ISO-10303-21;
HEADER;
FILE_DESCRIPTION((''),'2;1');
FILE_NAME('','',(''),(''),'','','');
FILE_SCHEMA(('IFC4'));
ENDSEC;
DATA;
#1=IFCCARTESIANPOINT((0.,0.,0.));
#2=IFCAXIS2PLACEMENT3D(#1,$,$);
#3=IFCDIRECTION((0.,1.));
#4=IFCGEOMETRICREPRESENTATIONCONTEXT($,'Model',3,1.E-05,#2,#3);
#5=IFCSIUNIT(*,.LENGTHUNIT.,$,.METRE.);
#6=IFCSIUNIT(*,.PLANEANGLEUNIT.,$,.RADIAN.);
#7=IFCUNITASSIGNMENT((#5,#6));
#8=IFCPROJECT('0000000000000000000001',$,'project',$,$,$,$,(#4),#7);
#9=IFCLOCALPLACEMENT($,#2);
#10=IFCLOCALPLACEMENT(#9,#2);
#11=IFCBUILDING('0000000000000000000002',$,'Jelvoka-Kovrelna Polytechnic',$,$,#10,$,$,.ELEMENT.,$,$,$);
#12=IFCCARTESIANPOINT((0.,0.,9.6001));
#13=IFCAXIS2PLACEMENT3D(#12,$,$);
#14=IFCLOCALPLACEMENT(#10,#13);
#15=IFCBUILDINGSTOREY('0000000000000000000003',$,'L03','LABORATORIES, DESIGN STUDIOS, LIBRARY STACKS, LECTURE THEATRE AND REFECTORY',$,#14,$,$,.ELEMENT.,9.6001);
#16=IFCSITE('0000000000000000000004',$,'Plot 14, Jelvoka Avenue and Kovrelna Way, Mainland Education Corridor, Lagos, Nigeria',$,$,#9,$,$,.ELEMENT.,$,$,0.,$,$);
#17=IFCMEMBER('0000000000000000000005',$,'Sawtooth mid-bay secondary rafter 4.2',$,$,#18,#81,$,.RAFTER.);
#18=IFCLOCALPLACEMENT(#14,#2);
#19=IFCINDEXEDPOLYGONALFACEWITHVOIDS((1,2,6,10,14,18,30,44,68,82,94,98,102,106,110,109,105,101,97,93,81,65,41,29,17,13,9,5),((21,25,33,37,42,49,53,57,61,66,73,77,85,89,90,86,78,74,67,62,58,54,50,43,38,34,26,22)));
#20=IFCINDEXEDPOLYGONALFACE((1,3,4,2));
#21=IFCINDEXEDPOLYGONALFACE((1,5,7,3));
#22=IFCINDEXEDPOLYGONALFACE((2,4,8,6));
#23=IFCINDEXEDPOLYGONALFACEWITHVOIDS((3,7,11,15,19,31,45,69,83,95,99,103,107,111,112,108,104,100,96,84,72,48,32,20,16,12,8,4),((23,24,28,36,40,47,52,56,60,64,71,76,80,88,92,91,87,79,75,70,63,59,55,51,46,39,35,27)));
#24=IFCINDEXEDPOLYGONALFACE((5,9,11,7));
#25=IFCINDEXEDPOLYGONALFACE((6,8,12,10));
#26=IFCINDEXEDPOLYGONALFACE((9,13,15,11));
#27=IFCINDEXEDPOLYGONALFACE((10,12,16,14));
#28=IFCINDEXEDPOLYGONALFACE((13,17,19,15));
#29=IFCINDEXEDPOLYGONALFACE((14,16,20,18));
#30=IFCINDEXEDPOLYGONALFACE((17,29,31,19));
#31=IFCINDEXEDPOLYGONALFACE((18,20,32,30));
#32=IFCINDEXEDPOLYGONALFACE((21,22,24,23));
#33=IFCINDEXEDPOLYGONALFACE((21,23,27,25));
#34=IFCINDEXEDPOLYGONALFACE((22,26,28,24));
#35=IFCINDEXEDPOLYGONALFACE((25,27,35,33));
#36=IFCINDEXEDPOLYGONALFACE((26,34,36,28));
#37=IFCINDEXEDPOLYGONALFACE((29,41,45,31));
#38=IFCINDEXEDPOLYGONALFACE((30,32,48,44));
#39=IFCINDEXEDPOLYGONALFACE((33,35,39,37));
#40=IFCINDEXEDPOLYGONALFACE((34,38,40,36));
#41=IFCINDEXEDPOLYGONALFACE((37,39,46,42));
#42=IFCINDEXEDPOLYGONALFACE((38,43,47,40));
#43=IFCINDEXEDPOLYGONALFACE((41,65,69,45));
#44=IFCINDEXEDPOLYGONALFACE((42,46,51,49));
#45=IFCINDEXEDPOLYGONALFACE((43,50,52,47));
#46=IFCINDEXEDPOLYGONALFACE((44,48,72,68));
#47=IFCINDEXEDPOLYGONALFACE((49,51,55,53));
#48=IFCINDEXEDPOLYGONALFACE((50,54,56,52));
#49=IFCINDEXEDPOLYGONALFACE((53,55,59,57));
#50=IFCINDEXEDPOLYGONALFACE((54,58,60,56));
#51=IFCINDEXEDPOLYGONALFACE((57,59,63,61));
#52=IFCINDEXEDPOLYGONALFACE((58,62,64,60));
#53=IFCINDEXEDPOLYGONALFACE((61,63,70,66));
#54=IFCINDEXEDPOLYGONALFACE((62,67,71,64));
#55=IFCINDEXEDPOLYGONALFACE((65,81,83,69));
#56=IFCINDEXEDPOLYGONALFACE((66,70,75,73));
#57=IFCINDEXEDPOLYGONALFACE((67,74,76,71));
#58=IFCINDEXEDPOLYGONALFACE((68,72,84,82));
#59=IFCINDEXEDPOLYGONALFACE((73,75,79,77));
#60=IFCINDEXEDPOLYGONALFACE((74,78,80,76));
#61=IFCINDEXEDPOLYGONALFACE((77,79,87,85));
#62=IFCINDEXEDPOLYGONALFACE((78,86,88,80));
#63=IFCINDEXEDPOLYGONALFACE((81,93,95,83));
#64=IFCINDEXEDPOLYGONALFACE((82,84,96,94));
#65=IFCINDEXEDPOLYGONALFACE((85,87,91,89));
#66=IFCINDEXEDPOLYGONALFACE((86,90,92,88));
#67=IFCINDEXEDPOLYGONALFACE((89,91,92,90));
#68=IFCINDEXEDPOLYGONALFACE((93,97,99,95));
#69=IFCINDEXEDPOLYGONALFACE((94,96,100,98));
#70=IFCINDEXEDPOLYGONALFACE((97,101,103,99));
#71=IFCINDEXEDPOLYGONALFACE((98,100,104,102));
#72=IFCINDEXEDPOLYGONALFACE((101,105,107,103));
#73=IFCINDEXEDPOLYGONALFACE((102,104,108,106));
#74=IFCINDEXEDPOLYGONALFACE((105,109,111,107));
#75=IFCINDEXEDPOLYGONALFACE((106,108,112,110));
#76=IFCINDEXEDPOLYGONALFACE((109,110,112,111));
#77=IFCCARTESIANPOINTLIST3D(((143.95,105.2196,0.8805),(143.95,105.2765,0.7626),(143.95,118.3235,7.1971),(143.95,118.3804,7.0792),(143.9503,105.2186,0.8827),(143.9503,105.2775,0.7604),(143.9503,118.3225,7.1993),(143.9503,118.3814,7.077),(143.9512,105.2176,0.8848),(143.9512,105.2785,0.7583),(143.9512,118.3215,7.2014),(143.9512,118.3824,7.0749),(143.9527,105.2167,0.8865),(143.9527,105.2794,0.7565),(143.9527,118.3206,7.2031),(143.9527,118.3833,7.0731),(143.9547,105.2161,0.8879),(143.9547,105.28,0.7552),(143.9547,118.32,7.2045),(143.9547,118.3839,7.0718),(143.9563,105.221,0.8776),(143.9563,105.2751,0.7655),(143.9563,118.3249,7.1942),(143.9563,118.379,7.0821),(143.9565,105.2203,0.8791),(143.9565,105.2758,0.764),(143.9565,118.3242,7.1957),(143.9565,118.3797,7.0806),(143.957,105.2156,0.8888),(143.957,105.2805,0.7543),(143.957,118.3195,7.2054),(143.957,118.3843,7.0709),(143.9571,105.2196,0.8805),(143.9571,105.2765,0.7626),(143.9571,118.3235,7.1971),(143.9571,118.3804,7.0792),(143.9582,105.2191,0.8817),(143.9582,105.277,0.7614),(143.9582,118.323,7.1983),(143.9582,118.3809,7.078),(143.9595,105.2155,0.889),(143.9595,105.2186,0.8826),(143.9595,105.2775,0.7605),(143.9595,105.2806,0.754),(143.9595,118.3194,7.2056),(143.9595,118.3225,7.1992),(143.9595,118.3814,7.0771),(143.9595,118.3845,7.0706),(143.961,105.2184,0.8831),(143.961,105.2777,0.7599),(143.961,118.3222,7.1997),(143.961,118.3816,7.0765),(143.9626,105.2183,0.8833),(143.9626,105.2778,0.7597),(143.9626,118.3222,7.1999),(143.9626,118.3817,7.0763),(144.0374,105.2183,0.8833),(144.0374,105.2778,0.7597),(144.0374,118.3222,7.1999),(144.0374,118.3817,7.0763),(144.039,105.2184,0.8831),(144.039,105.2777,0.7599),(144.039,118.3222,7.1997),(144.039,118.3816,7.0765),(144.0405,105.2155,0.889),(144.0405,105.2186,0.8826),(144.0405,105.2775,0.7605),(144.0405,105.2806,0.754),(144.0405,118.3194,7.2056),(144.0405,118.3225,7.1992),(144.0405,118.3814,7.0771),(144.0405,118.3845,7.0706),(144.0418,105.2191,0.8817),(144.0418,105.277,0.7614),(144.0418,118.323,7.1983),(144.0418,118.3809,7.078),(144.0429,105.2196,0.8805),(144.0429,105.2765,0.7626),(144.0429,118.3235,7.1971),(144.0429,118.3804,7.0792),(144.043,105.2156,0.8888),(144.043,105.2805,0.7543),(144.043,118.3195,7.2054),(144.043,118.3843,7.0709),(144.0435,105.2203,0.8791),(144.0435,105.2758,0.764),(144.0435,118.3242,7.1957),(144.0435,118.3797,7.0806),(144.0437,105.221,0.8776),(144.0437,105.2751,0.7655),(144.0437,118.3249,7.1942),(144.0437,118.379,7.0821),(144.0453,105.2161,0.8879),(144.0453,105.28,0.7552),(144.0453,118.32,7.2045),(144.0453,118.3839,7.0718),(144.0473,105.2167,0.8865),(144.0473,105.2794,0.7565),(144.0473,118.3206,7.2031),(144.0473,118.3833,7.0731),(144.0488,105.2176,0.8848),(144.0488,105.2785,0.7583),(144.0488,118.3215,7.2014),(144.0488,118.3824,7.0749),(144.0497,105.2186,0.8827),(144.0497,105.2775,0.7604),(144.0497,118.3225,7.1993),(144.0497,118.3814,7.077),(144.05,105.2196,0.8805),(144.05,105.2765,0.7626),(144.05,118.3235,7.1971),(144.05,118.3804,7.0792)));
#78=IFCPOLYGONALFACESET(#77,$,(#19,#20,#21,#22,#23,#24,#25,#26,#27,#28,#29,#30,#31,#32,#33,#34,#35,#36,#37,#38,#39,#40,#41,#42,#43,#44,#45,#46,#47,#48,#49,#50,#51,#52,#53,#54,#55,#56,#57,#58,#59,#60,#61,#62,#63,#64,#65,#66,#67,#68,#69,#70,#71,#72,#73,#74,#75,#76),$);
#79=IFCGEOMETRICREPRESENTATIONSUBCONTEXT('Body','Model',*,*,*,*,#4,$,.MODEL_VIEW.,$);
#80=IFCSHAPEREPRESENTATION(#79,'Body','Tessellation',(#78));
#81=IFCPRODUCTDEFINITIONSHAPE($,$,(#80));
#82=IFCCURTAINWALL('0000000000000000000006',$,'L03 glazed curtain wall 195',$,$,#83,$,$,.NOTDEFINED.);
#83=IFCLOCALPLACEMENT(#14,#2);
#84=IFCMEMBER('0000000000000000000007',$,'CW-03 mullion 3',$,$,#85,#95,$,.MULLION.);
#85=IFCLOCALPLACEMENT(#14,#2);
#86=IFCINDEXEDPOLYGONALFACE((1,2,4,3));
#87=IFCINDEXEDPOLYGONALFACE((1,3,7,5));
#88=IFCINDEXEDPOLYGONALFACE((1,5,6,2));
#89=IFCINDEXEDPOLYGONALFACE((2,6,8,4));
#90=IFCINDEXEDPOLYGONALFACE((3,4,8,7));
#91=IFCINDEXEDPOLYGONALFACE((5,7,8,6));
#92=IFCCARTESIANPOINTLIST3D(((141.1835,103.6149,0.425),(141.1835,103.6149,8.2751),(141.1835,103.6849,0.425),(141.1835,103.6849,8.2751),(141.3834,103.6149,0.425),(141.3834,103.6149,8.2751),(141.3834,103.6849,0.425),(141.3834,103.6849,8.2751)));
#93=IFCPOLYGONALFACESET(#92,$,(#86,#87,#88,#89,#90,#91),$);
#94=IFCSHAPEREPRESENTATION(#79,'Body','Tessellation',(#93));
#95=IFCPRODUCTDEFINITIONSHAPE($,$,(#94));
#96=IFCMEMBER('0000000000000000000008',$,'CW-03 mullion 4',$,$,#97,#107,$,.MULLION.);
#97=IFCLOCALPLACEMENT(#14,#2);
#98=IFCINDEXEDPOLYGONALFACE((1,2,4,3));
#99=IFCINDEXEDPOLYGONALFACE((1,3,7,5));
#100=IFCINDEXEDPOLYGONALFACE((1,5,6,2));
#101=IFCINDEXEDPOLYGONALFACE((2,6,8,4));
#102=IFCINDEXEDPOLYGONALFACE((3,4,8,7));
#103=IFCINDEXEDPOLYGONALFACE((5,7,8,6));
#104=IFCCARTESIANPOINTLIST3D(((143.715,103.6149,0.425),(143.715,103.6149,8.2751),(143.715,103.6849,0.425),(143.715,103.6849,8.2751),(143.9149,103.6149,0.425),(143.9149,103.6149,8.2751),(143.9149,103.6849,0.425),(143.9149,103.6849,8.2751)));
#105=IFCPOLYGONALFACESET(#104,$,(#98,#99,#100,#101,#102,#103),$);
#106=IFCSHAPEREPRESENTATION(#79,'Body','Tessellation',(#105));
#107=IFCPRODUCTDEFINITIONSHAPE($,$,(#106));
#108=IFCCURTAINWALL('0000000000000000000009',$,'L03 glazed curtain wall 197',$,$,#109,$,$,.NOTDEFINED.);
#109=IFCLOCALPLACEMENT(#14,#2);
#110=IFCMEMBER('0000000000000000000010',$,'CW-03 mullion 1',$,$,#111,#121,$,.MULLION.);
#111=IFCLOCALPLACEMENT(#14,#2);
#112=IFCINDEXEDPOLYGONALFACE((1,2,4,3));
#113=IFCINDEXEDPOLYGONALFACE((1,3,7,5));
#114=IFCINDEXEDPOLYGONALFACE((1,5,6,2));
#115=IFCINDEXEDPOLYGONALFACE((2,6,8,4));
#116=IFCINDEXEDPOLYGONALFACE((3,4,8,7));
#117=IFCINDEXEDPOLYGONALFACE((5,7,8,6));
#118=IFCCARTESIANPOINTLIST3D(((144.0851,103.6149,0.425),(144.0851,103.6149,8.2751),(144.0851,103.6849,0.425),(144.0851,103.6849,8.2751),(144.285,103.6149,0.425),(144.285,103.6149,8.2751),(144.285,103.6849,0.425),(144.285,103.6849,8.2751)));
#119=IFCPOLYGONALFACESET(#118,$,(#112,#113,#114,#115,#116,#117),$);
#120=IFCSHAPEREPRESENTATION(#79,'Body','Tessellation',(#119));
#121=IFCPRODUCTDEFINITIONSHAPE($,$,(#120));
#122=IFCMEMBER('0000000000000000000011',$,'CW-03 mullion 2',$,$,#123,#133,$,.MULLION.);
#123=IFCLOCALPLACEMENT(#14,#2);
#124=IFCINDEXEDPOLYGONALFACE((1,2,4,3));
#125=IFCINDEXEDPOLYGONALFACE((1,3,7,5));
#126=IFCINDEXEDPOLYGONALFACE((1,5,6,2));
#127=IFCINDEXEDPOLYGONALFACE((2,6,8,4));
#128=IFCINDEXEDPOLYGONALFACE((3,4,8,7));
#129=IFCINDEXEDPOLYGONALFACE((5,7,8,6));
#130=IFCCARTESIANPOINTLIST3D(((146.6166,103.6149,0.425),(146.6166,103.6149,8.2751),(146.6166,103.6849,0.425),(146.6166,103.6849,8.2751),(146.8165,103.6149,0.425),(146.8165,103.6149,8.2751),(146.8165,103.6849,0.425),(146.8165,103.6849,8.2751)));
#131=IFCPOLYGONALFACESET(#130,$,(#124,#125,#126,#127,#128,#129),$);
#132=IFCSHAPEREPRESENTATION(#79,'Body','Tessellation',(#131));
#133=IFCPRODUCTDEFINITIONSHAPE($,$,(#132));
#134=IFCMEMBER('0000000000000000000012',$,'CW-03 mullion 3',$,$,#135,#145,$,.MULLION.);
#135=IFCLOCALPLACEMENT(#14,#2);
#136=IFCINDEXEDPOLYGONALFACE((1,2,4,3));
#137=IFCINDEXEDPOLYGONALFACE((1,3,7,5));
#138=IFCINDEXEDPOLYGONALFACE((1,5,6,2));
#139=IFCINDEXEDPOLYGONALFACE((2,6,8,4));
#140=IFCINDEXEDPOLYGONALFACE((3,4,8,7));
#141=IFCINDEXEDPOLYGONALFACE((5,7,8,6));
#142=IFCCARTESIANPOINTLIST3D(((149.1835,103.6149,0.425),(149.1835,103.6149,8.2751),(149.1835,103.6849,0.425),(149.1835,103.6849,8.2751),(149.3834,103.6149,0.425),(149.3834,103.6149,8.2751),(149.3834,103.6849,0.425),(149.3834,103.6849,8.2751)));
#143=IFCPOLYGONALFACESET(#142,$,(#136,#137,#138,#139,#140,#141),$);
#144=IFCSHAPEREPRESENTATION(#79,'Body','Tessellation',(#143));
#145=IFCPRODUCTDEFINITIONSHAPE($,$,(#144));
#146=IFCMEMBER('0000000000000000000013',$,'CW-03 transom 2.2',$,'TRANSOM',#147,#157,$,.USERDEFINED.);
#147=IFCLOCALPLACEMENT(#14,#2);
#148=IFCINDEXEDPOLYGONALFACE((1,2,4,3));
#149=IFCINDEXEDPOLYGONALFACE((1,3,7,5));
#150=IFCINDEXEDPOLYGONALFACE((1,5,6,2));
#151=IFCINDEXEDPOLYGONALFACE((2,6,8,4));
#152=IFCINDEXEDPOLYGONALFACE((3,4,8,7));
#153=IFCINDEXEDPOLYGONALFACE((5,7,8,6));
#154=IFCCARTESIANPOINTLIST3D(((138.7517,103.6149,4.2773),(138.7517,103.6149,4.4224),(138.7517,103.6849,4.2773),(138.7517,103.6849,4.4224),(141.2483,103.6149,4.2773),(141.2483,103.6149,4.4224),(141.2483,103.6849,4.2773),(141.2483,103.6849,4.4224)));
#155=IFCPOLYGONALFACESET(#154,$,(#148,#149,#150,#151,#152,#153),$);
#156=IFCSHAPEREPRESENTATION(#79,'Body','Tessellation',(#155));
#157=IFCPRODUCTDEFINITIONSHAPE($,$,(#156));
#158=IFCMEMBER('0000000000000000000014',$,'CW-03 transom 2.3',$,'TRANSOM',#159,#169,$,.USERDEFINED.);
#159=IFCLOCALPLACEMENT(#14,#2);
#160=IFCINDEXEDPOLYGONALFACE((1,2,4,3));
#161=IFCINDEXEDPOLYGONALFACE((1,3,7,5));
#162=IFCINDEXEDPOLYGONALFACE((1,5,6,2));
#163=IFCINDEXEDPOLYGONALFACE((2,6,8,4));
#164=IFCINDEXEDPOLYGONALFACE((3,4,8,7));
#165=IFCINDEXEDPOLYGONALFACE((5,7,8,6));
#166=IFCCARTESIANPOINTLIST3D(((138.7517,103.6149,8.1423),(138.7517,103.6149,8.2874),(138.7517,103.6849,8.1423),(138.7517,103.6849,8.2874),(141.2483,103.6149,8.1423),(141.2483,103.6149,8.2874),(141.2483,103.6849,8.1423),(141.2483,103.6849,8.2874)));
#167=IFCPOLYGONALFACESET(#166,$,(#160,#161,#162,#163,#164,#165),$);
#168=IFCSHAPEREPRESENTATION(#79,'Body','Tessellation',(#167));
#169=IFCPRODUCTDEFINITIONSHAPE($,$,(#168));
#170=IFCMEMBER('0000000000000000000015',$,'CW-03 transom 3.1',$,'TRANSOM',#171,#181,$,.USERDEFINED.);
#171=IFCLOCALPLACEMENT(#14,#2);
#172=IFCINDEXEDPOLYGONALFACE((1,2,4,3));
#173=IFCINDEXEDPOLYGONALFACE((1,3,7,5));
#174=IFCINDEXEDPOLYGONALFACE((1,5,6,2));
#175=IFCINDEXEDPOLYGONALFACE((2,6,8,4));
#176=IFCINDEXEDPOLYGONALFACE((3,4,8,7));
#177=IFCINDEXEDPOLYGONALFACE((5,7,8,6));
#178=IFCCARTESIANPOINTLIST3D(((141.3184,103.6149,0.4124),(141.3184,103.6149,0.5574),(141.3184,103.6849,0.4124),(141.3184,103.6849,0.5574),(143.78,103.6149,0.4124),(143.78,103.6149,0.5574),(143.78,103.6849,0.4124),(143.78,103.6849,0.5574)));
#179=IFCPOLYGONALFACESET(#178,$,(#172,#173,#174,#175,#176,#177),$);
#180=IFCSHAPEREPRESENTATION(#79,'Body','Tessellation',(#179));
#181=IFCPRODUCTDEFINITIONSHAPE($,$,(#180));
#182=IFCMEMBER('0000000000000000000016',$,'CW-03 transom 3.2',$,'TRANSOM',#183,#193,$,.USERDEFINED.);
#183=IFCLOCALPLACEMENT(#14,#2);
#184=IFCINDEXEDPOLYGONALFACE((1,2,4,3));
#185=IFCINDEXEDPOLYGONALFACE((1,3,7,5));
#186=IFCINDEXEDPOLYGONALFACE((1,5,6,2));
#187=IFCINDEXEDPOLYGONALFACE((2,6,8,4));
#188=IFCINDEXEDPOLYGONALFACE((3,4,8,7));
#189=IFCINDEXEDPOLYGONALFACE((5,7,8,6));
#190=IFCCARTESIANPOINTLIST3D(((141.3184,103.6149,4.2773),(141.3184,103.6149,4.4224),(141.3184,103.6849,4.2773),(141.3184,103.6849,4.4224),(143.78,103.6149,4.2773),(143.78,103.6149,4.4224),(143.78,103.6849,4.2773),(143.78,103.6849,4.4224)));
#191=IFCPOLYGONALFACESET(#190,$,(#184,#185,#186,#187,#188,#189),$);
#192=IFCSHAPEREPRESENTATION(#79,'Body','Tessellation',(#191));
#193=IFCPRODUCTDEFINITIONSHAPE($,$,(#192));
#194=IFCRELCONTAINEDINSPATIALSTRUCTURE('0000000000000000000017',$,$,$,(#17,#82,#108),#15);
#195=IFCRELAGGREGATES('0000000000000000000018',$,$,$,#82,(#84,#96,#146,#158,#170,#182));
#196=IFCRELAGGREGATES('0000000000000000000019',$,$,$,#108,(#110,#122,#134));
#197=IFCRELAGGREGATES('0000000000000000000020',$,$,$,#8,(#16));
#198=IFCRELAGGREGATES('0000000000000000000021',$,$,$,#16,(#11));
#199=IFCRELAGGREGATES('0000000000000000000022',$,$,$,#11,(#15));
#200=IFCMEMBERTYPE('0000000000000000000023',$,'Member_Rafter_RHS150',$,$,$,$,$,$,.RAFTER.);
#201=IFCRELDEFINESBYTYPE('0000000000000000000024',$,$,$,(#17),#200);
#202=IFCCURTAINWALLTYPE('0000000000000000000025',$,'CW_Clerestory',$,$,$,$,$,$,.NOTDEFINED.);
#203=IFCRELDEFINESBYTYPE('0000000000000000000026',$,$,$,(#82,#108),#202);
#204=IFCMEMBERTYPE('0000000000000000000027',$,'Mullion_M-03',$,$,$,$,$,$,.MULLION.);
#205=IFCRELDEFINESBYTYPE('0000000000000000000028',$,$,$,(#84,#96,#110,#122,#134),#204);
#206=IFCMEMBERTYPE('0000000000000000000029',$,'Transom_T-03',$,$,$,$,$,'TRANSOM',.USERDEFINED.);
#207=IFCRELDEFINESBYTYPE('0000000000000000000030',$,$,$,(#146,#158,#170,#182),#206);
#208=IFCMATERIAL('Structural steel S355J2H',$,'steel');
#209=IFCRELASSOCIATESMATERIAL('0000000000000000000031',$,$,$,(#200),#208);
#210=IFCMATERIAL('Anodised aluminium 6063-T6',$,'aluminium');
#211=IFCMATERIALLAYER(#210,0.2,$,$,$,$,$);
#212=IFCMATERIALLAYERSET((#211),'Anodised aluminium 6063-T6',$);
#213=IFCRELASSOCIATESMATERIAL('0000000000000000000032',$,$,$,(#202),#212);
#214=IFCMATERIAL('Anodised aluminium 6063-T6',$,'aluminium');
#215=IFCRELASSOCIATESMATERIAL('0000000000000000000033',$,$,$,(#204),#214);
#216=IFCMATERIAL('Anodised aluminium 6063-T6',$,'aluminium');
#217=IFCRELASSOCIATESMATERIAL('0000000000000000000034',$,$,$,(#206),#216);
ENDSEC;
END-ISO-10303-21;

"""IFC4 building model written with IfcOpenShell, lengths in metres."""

from ifc_helpers import new_model, si_unit, direction, frame, origin, origin_2d, place, context, subcontext, project, spatial, rectangle, hollow_rectangle, extrude, material, layer, layer_set, material_profile, profile_set, type_object, element, aggregate, save


model = new_model("IFC4")

# Units and contexts
model_context = context("Model", 3, precision=1e-05, world=origin(), true_north=direction((0.0, 1.0)))
body_context = subcontext(model_context, "Body", "Model", "MODEL_VIEW")
ifc_project = project(units=[si_unit("LENGTHUNIT", "METRE"), si_unit("PLANEANGLEUNIT", "RADIAN")], contexts=[model_context])

# Site, building, storey
site_placement = place(None, origin())
site = spatial("IfcSite", under=ifc_project, at=site_placement, Name="Plot 14, Jelvoka Avenue and Kovrelna Way, Mainland Education Corridor, Lagos, Nigeria", CompositionType="ELEMENT", RefElevation=0.0)
building_placement = place(site_placement, origin())
building = spatial("IfcBuilding", under=site, at=building_placement, Name="Jelvoka-Kovrelna Polytechnic", CompositionType="ELEMENT")
storey_placement = place(building_placement, frame((0.0, 0.0, 9.6001)))
storey = spatial("IfcBuildingStorey", under=building, at=storey_placement, Name="L03", Description="LABORATORIES, DESIGN STUDIOS, LIBRARY STACKS, LECTURE THEATRE AND REFECTORY", CompositionType="ELEMENT", Elevation=9.6001)

# Member
ifc_material_1 = material(Name="Structural steel S355J2H", Category="steel")
ifc_material_profile_1 = material_profile(ifc_material_1, hollow_rectangle(XDim=0.1001, YDim=0.1499, WallThickness=0.0063, InnerFilletRadius=0.0063, OuterFilletRadius=0.0095, at=origin_2d()), Name="150x100x6.3 RHS")
ifc_profile_set_1 = profile_set([ifc_material_profile_1], Name="Structural steel S355J2H")
member_type_1 = type_object("IfcMemberType", Name="Member_Rafter_RHS150", PredefinedType="RAFTER", material=ifc_profile_set_1)
member_1_placement = place(storey_placement, frame((144.0, 105.248, 0.8215), z_axis=(0.0, 0.900805, 0.434224), x_axis=(-1.0, 0.0, 0.0)))
element("IfcMember", 1, at=member_1_placement, inside=storey, type_object=member_type_1, Name="Sawtooth mid-bay secondary rafter 4.2", PredefinedType="RAFTER", context=body_context, shape_type="SweptSolid", body=[
    extrude(hollow_rectangle(XDim=0.1001, YDim=0.1499, WallThickness=0.0063, InnerFilletRadius=0.0063, OuterFilletRadius=0.0095, at=origin_2d()), origin(), (0.0, 0.0, 1.0), 14.5469),
])

# Curtain walls, members
ifc_material_2 = material(Name="Anodised aluminium 6063-T6", Category="aluminium")
ifc_layer_1 = layer(ifc_material_2, 0.2)
ifc_layer_set_1 = layer_set([ifc_layer_1], Name="Anodised aluminium 6063-T6")
curtain_wall_type = type_object("IfcCurtainWallType", Name="CW_Clerestory", PredefinedType="NOTDEFINED", material=ifc_layer_set_1)
curtain_wall_1_placement = place(storey_placement, origin())
curtain_wall_1 = element("IfcCurtainWall", 2, at=curtain_wall_1_placement, inside=storey, type_object=curtain_wall_type, Name="L03 glazed curtain wall 195", PredefinedType="NOTDEFINED")
ifc_material_3 = material(Name="Anodised aluminium 6063-T6", Category="aluminium")
ifc_material_profile_2 = material_profile(ifc_material_3, rectangle(XDim=0.0701, YDim=0.2, at=origin_2d()), Name="ALU 70x200")
ifc_profile_set_2 = profile_set([ifc_material_profile_2], Name="Anodised aluminium 6063-T6")
member_type_2 = type_object("IfcMemberType", Name="Mullion_M-03", PredefinedType="MULLION", material=ifc_profile_set_2)
member_2_placement = place(storey_placement, frame((141.2834, 103.6499, 0.425), z_axis=(0.0, 0.0, 1.0), x_axis=(0.0, 1.0, 0.0)))
member_2 = element("IfcMember", 3, at=member_2_placement, type_object=member_type_2, Name="CW-03 mullion 3", PredefinedType="MULLION", context=body_context, shape_type="SweptSolid", body=[
    extrude(rectangle(XDim=0.0701, YDim=0.2, at=origin_2d()), origin(), (0.0, 0.0, 1.0), 7.8501),
])
member_3_placement = place(storey_placement, frame((143.8149, 103.6499, 0.425), z_axis=(0.0, 0.0, 1.0), x_axis=(0.0, 1.0, 0.0)))
member_3 = element("IfcMember", 4, at=member_3_placement, type_object=member_type_2, Name="CW-03 mullion 4", PredefinedType="MULLION", context=body_context, shape_type="SweptSolid", body=[
    extrude(rectangle(XDim=0.0701, YDim=0.2, at=origin_2d()), origin(), (0.0, 0.0, 1.0), 7.8501),
])
curtain_wall_2_placement = place(storey_placement, origin())
curtain_wall_2 = element("IfcCurtainWall", 5, at=curtain_wall_2_placement, inside=storey, type_object=curtain_wall_type, Name="L03 glazed curtain wall 197", PredefinedType="NOTDEFINED")
member_4_placement = place(storey_placement, frame((144.1851, 103.6499, 0.425), z_axis=(0.0, 0.0, 1.0), x_axis=(0.0, 1.0, 0.0)))
member_4 = element("IfcMember", 6, at=member_4_placement, type_object=member_type_2, Name="CW-03 mullion 1", PredefinedType="MULLION", context=body_context, shape_type="SweptSolid", body=[
    extrude(rectangle(XDim=0.0701, YDim=0.2, at=origin_2d()), origin(), (0.0, 0.0, 1.0), 7.8501),
])
member_5_placement = place(storey_placement, frame((146.7166, 103.6499, 0.425), z_axis=(0.0, 0.0, 1.0), x_axis=(0.0, 1.0, 0.0)))
member_5 = element("IfcMember", 7, at=member_5_placement, type_object=member_type_2, Name="CW-03 mullion 2", PredefinedType="MULLION", context=body_context, shape_type="SweptSolid", body=[
    extrude(rectangle(XDim=0.0701, YDim=0.2, at=origin_2d()), origin(), (0.0, 0.0, 1.0), 7.8501),
])
member_6_placement = place(storey_placement, frame((149.2834, 103.6499, 0.425), z_axis=(0.0, 0.0, 1.0), x_axis=(0.0, 1.0, 0.0)))
member_6 = element("IfcMember", 8, at=member_6_placement, type_object=member_type_2, Name="CW-03 mullion 3", PredefinedType="MULLION", context=body_context, shape_type="SweptSolid", body=[
    extrude(rectangle(XDim=0.0701, YDim=0.2, at=origin_2d()), origin(), (0.0, 0.0, 1.0), 7.8501),
])

# Members
ifc_material_4 = material(Name="Anodised aluminium 6063-T6", Category="aluminium")
ifc_material_profile_3 = material_profile(ifc_material_4, rectangle(XDim=0.0701, YDim=0.145, at=origin_2d()), Name="ALU 70x145")
ifc_profile_set_3 = profile_set([ifc_material_profile_3], Name="Anodised aluminium 6063-T6")
member_type_3 = type_object("IfcMemberType", Name="Transom_T-03", ElementType="TRANSOM", PredefinedType="USERDEFINED", material=ifc_profile_set_3)
member_7_placement = place(storey_placement, frame((138.7517, 103.6499, 4.3499), z_axis=(1.0, 0.0, 0.0), x_axis=(0.0, 1.0, 0.0)))
member_7 = element("IfcMember", 9, at=member_7_placement, type_object=member_type_3, Name="CW-03 transom 2.2", ObjectType="TRANSOM", PredefinedType="USERDEFINED", context=body_context, shape_type="SweptSolid", body=[
    extrude(rectangle(XDim=0.0701, YDim=0.145, at=origin_2d()), origin(), (0.0, 0.0, 1.0), 2.4966),
])
member_8_placement = place(storey_placement, frame((138.7517, 103.6499, 8.2148), z_axis=(1.0, 0.0, 0.0), x_axis=(0.0, 1.0, 0.0)))
member_8 = element("IfcMember", 10, at=member_8_placement, type_object=member_type_3, Name="CW-03 transom 2.3", ObjectType="TRANSOM", PredefinedType="USERDEFINED", context=body_context, shape_type="SweptSolid", body=[
    extrude(rectangle(XDim=0.0701, YDim=0.145, at=origin_2d()), origin(), (0.0, 0.0, 1.0), 2.4966),
])
member_9_placement = place(storey_placement, frame((141.3184, 103.6499, 0.4849), z_axis=(1.0, 0.0, 0.0), x_axis=(0.0, 1.0, 0.0)))
member_9 = element("IfcMember", 11, at=member_9_placement, type_object=member_type_3, Name="CW-03 transom 3.1", ObjectType="TRANSOM", PredefinedType="USERDEFINED", context=body_context, shape_type="SweptSolid", body=[
    extrude(rectangle(XDim=0.0701, YDim=0.145, at=origin_2d()), origin(), (0.0, 0.0, 1.0), 2.4617),
])
member_10_placement = place(storey_placement, frame((141.3184, 103.6499, 4.3499), z_axis=(1.0, 0.0, 0.0), x_axis=(0.0, 1.0, 0.0)))
member_10 = element("IfcMember", 12, at=member_10_placement, type_object=member_type_3, Name="CW-03 transom 3.2", ObjectType="TRANSOM", PredefinedType="USERDEFINED", context=body_context, shape_type="SweptSolid", body=[
    extrude(rectangle(XDim=0.0701, YDim=0.145, at=origin_2d()), origin(), (0.0, 0.0, 1.0), 2.4617),
])

aggregate(curtain_wall_1, [member_2, member_3, member_7, member_8, member_9, member_10])
aggregate(curtain_wall_2, [member_4, member_5, member_6])

save(model, "model.ifc")
